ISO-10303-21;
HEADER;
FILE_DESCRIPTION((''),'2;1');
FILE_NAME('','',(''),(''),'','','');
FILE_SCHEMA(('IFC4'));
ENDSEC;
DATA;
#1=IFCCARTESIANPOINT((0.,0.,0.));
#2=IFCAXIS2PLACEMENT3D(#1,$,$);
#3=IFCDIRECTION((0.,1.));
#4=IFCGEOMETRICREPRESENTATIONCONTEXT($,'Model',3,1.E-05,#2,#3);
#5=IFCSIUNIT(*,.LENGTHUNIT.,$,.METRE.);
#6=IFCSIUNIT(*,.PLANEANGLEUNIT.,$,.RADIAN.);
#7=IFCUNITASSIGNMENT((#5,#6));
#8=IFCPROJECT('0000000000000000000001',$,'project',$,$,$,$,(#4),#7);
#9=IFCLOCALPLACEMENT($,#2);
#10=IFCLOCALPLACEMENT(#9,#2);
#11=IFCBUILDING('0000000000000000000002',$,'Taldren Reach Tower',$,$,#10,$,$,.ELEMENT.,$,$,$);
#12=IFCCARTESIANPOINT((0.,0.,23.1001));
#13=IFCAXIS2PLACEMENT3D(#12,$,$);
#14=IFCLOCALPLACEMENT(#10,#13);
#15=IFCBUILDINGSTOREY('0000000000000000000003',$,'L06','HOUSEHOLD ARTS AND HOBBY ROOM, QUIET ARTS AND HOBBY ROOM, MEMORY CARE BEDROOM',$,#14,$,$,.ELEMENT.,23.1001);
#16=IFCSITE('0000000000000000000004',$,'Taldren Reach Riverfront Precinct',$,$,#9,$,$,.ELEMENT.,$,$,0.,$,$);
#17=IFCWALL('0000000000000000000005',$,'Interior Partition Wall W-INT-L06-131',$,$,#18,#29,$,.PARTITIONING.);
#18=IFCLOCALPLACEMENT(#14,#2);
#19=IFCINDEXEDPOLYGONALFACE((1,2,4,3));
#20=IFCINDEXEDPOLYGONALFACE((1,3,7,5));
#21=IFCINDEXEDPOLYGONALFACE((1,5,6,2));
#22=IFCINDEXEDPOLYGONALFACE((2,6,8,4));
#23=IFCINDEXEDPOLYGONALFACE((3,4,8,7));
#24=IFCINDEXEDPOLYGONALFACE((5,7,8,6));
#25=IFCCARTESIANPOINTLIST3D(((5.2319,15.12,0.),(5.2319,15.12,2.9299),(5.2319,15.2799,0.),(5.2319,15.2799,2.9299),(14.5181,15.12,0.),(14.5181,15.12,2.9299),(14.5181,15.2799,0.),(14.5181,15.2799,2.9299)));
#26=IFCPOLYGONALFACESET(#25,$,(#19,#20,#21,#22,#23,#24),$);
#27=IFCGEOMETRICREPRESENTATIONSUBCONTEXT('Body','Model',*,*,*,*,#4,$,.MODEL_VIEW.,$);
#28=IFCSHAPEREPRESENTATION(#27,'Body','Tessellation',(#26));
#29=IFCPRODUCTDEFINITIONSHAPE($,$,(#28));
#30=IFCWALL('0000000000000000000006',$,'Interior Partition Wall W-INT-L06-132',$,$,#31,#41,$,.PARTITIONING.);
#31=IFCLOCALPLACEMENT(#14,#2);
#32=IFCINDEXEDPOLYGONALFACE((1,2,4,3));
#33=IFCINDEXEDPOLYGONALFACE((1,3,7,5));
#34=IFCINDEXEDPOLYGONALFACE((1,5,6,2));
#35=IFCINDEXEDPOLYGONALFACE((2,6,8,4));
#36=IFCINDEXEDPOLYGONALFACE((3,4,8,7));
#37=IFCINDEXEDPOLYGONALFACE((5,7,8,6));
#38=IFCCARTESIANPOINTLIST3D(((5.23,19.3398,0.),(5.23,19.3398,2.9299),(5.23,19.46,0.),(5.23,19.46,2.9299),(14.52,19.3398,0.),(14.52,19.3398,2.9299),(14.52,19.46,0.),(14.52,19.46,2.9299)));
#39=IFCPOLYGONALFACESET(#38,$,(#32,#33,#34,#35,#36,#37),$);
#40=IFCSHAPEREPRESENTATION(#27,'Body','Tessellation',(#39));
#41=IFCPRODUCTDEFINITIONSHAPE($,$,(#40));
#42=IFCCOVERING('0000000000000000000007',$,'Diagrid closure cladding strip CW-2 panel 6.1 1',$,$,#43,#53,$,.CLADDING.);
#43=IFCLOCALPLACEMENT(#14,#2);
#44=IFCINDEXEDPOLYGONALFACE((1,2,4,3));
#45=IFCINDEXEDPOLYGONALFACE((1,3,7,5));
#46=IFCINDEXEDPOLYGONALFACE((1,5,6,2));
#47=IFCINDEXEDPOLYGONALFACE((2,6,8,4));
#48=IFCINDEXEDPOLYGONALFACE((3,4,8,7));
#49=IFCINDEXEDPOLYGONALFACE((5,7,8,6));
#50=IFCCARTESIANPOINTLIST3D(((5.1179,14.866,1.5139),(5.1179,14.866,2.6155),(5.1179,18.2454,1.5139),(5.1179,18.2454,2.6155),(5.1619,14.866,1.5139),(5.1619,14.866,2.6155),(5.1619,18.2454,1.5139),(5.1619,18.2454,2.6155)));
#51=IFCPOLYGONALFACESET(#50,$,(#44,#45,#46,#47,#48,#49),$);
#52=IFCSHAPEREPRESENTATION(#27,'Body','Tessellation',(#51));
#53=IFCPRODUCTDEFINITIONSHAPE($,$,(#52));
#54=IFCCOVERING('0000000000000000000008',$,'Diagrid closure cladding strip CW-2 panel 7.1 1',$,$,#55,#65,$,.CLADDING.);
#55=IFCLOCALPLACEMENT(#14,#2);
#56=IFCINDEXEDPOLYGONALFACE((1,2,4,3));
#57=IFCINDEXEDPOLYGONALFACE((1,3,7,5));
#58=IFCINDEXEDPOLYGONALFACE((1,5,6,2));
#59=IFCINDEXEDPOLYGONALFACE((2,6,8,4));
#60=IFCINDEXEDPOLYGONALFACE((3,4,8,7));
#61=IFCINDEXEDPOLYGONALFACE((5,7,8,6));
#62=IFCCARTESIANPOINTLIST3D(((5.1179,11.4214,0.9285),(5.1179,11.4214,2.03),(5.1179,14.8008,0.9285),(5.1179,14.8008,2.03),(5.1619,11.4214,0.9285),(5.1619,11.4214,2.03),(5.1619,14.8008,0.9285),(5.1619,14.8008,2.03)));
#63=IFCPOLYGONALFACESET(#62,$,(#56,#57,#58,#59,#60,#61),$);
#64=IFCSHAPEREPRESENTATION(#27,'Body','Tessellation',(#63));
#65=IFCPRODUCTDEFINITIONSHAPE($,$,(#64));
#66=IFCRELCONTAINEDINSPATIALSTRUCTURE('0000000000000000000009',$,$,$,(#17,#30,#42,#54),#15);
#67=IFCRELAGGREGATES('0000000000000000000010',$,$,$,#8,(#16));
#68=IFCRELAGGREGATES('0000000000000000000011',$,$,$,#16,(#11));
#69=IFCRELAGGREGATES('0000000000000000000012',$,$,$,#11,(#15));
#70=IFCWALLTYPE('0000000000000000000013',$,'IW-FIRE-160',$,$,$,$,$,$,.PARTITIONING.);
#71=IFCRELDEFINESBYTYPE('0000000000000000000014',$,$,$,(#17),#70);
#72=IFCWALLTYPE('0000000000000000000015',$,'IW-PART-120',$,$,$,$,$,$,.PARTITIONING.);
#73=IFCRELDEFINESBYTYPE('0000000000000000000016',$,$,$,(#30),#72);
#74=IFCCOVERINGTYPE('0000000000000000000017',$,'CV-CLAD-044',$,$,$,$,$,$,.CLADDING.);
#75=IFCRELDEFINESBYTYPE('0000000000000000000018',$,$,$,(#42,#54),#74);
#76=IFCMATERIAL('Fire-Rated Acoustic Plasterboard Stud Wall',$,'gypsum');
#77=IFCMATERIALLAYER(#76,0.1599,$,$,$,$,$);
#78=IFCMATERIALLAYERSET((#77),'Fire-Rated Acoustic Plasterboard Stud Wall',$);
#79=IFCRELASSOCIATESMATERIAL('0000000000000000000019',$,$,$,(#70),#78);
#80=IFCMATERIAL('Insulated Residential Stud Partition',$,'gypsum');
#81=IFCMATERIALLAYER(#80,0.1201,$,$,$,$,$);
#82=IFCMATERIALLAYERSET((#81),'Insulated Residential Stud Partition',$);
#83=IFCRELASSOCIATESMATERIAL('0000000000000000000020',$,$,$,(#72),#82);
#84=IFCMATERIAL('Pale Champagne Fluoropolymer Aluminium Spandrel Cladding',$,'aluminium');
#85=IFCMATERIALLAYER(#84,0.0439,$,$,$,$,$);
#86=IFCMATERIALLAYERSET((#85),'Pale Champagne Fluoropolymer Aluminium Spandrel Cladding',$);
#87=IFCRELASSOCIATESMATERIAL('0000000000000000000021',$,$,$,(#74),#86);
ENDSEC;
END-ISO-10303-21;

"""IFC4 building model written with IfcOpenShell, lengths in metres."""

from ifc_helpers import new_model, si_unit, direction, frame, frame_2d, origin, origin_2d, place, context, subcontext, project, spatial, rectangle, extrude, source, transform, mapped, material, layer, layer_set, type_object, element, save


model = new_model("IFC4")

# Units and contexts
model_context = context("Model", 3, precision=1e-05, world=origin(), true_north=direction((0.0, 1.0)))
body_context = subcontext(model_context, "Body", "Model", "MODEL_VIEW")
ifc_project = project(units=[si_unit("LENGTHUNIT", "METRE"), si_unit("PLANEANGLEUNIT", "RADIAN")], contexts=[model_context])

# Site, building, storey
site_placement = place(None, origin())
site = spatial("IfcSite", under=ifc_project, at=site_placement, Name="Taldren Reach Riverfront Precinct", CompositionType="ELEMENT", RefElevation=0.0)
building_placement = place(site_placement, origin())
building = spatial("IfcBuilding", under=site, at=building_placement, Name="Taldren Reach Tower", CompositionType="ELEMENT")
storey_placement = place(building_placement, frame((0.0, 0.0, 23.1001)))
storey = spatial("IfcBuildingStorey", under=building, at=storey_placement, Name="L06", Description="HOUSEHOLD ARTS AND HOBBY ROOM, QUIET ARTS AND HOBBY ROOM, MEMORY CARE BEDROOM", CompositionType="ELEMENT", Elevation=23.1001)

# Shared definitions
ifc_material_1 = material(Name="Fire-Rated Acoustic Plasterboard Stud Wall", Category="gypsum")
ifc_layer_1 = layer(ifc_material_1, 0.1599)
ifc_layer_set_1 = layer_set([ifc_layer_1], Name="Fire-Rated Acoustic Plasterboard Stud Wall")
wall_type_1 = type_object("IfcWallType", Name="IW-FIRE-160", PredefinedType="PARTITIONING", material=ifc_layer_set_1)
ifc_material_2 = material(Name="Insulated Residential Stud Partition", Category="gypsum")
ifc_layer_2 = layer(ifc_material_2, 0.1201)
ifc_layer_set_2 = layer_set([ifc_layer_2], Name="Insulated Residential Stud Partition")
wall_type_2 = type_object("IfcWallType", Name="IW-PART-120", PredefinedType="PARTITIONING", material=ifc_layer_set_2)

# Walls
shared_shape_1 = source(origin(), body_context, "Body", "SweptSolid", [
    extrude(rectangle(XDim=9.2861, YDim=0.1599, at=frame_2d((4.6431, 0.0))), origin(), (0.0, 0.0, 1.0), 2.9299),
])
wall_1_placement = place(storey_placement, frame((5.2319, 15.2, 0.0), z_axis=(0.0, 0.0, 1.0), x_axis=(1.0, 0.0, 0.0)))
element("IfcWall", 1, at=wall_1_placement, inside=storey, type_object=wall_type_1, Name="Interior Partition Wall W-INT-L06-131", PredefinedType="PARTITIONING", context=body_context, shape_type="MappedRepresentation", body=[
    mapped(shared_shape_1, transform((0.0, 0.0, 0.0), scale=1.0)),
])
shared_shape_2 = source(origin(), body_context, "Body", "SweptSolid", [
    extrude(rectangle(XDim=9.29, YDim=0.1201, at=frame_2d((4.645, 0.0))), origin(), (0.0, 0.0, 1.0), 2.9299),
])
wall_2_placement = place(storey_placement, frame((5.23, 19.3999, 0.0), z_axis=(0.0, 0.0, 1.0), x_axis=(1.0, 0.0, 0.0)))
element("IfcWall", 2, at=wall_2_placement, inside=storey, type_object=wall_type_2, Name="Interior Partition Wall W-INT-L06-132", PredefinedType="PARTITIONING", context=body_context, shape_type="MappedRepresentation", body=[
    mapped(shared_shape_2, transform((0.0, 0.0, 0.0), scale=1.0)),
])

# Coverings
ifc_material_3 = material(Name="Pale Champagne Fluoropolymer Aluminium Spandrel Cladding", Category="aluminium")
ifc_layer_3 = layer(ifc_material_3, 0.0439)
ifc_layer_set_3 = layer_set([ifc_layer_3], Name="Pale Champagne Fluoropolymer Aluminium Spandrel Cladding")
covering_type = type_object("IfcCoveringType", Name="CV-CLAD-044", PredefinedType="CLADDING", material=ifc_layer_set_3)
shared_shape_3 = source(origin(), body_context, "Body", "SweptSolid", [
    extrude(rectangle(XDim=3.3794, YDim=0.0439, at=origin_2d()), origin(), (0.0, 0.0, 1.0), 1.1016),
])
for number, where, z_axis, x_axis, name in (
    (3, (5.1399, 16.5557, 1.5139), (0.0, 0.0, 1.0), (0.0, -1.0, 0.0), "Diagrid closure cladding strip CW-2 panel 6.1 1"),
    (4, (5.1399, 13.1111, 0.9285), (0.0, 0.0, 1.0), (0.0, -1.0, 0.0), "Diagrid closure cladding strip CW-2 panel 7.1 1"),
):
    element("IfcCovering", number, at=place(storey_placement, frame(where, z_axis=z_axis, x_axis=x_axis)), inside=storey, type_object=covering_type, Name=name, PredefinedType="CLADDING", context=body_context, shape_type="MappedRepresentation", body=[
        mapped(shared_shape_3, transform((0.0, 0.0, 0.0), scale=1.0)),
    ])

save(model, "model.ifc")
